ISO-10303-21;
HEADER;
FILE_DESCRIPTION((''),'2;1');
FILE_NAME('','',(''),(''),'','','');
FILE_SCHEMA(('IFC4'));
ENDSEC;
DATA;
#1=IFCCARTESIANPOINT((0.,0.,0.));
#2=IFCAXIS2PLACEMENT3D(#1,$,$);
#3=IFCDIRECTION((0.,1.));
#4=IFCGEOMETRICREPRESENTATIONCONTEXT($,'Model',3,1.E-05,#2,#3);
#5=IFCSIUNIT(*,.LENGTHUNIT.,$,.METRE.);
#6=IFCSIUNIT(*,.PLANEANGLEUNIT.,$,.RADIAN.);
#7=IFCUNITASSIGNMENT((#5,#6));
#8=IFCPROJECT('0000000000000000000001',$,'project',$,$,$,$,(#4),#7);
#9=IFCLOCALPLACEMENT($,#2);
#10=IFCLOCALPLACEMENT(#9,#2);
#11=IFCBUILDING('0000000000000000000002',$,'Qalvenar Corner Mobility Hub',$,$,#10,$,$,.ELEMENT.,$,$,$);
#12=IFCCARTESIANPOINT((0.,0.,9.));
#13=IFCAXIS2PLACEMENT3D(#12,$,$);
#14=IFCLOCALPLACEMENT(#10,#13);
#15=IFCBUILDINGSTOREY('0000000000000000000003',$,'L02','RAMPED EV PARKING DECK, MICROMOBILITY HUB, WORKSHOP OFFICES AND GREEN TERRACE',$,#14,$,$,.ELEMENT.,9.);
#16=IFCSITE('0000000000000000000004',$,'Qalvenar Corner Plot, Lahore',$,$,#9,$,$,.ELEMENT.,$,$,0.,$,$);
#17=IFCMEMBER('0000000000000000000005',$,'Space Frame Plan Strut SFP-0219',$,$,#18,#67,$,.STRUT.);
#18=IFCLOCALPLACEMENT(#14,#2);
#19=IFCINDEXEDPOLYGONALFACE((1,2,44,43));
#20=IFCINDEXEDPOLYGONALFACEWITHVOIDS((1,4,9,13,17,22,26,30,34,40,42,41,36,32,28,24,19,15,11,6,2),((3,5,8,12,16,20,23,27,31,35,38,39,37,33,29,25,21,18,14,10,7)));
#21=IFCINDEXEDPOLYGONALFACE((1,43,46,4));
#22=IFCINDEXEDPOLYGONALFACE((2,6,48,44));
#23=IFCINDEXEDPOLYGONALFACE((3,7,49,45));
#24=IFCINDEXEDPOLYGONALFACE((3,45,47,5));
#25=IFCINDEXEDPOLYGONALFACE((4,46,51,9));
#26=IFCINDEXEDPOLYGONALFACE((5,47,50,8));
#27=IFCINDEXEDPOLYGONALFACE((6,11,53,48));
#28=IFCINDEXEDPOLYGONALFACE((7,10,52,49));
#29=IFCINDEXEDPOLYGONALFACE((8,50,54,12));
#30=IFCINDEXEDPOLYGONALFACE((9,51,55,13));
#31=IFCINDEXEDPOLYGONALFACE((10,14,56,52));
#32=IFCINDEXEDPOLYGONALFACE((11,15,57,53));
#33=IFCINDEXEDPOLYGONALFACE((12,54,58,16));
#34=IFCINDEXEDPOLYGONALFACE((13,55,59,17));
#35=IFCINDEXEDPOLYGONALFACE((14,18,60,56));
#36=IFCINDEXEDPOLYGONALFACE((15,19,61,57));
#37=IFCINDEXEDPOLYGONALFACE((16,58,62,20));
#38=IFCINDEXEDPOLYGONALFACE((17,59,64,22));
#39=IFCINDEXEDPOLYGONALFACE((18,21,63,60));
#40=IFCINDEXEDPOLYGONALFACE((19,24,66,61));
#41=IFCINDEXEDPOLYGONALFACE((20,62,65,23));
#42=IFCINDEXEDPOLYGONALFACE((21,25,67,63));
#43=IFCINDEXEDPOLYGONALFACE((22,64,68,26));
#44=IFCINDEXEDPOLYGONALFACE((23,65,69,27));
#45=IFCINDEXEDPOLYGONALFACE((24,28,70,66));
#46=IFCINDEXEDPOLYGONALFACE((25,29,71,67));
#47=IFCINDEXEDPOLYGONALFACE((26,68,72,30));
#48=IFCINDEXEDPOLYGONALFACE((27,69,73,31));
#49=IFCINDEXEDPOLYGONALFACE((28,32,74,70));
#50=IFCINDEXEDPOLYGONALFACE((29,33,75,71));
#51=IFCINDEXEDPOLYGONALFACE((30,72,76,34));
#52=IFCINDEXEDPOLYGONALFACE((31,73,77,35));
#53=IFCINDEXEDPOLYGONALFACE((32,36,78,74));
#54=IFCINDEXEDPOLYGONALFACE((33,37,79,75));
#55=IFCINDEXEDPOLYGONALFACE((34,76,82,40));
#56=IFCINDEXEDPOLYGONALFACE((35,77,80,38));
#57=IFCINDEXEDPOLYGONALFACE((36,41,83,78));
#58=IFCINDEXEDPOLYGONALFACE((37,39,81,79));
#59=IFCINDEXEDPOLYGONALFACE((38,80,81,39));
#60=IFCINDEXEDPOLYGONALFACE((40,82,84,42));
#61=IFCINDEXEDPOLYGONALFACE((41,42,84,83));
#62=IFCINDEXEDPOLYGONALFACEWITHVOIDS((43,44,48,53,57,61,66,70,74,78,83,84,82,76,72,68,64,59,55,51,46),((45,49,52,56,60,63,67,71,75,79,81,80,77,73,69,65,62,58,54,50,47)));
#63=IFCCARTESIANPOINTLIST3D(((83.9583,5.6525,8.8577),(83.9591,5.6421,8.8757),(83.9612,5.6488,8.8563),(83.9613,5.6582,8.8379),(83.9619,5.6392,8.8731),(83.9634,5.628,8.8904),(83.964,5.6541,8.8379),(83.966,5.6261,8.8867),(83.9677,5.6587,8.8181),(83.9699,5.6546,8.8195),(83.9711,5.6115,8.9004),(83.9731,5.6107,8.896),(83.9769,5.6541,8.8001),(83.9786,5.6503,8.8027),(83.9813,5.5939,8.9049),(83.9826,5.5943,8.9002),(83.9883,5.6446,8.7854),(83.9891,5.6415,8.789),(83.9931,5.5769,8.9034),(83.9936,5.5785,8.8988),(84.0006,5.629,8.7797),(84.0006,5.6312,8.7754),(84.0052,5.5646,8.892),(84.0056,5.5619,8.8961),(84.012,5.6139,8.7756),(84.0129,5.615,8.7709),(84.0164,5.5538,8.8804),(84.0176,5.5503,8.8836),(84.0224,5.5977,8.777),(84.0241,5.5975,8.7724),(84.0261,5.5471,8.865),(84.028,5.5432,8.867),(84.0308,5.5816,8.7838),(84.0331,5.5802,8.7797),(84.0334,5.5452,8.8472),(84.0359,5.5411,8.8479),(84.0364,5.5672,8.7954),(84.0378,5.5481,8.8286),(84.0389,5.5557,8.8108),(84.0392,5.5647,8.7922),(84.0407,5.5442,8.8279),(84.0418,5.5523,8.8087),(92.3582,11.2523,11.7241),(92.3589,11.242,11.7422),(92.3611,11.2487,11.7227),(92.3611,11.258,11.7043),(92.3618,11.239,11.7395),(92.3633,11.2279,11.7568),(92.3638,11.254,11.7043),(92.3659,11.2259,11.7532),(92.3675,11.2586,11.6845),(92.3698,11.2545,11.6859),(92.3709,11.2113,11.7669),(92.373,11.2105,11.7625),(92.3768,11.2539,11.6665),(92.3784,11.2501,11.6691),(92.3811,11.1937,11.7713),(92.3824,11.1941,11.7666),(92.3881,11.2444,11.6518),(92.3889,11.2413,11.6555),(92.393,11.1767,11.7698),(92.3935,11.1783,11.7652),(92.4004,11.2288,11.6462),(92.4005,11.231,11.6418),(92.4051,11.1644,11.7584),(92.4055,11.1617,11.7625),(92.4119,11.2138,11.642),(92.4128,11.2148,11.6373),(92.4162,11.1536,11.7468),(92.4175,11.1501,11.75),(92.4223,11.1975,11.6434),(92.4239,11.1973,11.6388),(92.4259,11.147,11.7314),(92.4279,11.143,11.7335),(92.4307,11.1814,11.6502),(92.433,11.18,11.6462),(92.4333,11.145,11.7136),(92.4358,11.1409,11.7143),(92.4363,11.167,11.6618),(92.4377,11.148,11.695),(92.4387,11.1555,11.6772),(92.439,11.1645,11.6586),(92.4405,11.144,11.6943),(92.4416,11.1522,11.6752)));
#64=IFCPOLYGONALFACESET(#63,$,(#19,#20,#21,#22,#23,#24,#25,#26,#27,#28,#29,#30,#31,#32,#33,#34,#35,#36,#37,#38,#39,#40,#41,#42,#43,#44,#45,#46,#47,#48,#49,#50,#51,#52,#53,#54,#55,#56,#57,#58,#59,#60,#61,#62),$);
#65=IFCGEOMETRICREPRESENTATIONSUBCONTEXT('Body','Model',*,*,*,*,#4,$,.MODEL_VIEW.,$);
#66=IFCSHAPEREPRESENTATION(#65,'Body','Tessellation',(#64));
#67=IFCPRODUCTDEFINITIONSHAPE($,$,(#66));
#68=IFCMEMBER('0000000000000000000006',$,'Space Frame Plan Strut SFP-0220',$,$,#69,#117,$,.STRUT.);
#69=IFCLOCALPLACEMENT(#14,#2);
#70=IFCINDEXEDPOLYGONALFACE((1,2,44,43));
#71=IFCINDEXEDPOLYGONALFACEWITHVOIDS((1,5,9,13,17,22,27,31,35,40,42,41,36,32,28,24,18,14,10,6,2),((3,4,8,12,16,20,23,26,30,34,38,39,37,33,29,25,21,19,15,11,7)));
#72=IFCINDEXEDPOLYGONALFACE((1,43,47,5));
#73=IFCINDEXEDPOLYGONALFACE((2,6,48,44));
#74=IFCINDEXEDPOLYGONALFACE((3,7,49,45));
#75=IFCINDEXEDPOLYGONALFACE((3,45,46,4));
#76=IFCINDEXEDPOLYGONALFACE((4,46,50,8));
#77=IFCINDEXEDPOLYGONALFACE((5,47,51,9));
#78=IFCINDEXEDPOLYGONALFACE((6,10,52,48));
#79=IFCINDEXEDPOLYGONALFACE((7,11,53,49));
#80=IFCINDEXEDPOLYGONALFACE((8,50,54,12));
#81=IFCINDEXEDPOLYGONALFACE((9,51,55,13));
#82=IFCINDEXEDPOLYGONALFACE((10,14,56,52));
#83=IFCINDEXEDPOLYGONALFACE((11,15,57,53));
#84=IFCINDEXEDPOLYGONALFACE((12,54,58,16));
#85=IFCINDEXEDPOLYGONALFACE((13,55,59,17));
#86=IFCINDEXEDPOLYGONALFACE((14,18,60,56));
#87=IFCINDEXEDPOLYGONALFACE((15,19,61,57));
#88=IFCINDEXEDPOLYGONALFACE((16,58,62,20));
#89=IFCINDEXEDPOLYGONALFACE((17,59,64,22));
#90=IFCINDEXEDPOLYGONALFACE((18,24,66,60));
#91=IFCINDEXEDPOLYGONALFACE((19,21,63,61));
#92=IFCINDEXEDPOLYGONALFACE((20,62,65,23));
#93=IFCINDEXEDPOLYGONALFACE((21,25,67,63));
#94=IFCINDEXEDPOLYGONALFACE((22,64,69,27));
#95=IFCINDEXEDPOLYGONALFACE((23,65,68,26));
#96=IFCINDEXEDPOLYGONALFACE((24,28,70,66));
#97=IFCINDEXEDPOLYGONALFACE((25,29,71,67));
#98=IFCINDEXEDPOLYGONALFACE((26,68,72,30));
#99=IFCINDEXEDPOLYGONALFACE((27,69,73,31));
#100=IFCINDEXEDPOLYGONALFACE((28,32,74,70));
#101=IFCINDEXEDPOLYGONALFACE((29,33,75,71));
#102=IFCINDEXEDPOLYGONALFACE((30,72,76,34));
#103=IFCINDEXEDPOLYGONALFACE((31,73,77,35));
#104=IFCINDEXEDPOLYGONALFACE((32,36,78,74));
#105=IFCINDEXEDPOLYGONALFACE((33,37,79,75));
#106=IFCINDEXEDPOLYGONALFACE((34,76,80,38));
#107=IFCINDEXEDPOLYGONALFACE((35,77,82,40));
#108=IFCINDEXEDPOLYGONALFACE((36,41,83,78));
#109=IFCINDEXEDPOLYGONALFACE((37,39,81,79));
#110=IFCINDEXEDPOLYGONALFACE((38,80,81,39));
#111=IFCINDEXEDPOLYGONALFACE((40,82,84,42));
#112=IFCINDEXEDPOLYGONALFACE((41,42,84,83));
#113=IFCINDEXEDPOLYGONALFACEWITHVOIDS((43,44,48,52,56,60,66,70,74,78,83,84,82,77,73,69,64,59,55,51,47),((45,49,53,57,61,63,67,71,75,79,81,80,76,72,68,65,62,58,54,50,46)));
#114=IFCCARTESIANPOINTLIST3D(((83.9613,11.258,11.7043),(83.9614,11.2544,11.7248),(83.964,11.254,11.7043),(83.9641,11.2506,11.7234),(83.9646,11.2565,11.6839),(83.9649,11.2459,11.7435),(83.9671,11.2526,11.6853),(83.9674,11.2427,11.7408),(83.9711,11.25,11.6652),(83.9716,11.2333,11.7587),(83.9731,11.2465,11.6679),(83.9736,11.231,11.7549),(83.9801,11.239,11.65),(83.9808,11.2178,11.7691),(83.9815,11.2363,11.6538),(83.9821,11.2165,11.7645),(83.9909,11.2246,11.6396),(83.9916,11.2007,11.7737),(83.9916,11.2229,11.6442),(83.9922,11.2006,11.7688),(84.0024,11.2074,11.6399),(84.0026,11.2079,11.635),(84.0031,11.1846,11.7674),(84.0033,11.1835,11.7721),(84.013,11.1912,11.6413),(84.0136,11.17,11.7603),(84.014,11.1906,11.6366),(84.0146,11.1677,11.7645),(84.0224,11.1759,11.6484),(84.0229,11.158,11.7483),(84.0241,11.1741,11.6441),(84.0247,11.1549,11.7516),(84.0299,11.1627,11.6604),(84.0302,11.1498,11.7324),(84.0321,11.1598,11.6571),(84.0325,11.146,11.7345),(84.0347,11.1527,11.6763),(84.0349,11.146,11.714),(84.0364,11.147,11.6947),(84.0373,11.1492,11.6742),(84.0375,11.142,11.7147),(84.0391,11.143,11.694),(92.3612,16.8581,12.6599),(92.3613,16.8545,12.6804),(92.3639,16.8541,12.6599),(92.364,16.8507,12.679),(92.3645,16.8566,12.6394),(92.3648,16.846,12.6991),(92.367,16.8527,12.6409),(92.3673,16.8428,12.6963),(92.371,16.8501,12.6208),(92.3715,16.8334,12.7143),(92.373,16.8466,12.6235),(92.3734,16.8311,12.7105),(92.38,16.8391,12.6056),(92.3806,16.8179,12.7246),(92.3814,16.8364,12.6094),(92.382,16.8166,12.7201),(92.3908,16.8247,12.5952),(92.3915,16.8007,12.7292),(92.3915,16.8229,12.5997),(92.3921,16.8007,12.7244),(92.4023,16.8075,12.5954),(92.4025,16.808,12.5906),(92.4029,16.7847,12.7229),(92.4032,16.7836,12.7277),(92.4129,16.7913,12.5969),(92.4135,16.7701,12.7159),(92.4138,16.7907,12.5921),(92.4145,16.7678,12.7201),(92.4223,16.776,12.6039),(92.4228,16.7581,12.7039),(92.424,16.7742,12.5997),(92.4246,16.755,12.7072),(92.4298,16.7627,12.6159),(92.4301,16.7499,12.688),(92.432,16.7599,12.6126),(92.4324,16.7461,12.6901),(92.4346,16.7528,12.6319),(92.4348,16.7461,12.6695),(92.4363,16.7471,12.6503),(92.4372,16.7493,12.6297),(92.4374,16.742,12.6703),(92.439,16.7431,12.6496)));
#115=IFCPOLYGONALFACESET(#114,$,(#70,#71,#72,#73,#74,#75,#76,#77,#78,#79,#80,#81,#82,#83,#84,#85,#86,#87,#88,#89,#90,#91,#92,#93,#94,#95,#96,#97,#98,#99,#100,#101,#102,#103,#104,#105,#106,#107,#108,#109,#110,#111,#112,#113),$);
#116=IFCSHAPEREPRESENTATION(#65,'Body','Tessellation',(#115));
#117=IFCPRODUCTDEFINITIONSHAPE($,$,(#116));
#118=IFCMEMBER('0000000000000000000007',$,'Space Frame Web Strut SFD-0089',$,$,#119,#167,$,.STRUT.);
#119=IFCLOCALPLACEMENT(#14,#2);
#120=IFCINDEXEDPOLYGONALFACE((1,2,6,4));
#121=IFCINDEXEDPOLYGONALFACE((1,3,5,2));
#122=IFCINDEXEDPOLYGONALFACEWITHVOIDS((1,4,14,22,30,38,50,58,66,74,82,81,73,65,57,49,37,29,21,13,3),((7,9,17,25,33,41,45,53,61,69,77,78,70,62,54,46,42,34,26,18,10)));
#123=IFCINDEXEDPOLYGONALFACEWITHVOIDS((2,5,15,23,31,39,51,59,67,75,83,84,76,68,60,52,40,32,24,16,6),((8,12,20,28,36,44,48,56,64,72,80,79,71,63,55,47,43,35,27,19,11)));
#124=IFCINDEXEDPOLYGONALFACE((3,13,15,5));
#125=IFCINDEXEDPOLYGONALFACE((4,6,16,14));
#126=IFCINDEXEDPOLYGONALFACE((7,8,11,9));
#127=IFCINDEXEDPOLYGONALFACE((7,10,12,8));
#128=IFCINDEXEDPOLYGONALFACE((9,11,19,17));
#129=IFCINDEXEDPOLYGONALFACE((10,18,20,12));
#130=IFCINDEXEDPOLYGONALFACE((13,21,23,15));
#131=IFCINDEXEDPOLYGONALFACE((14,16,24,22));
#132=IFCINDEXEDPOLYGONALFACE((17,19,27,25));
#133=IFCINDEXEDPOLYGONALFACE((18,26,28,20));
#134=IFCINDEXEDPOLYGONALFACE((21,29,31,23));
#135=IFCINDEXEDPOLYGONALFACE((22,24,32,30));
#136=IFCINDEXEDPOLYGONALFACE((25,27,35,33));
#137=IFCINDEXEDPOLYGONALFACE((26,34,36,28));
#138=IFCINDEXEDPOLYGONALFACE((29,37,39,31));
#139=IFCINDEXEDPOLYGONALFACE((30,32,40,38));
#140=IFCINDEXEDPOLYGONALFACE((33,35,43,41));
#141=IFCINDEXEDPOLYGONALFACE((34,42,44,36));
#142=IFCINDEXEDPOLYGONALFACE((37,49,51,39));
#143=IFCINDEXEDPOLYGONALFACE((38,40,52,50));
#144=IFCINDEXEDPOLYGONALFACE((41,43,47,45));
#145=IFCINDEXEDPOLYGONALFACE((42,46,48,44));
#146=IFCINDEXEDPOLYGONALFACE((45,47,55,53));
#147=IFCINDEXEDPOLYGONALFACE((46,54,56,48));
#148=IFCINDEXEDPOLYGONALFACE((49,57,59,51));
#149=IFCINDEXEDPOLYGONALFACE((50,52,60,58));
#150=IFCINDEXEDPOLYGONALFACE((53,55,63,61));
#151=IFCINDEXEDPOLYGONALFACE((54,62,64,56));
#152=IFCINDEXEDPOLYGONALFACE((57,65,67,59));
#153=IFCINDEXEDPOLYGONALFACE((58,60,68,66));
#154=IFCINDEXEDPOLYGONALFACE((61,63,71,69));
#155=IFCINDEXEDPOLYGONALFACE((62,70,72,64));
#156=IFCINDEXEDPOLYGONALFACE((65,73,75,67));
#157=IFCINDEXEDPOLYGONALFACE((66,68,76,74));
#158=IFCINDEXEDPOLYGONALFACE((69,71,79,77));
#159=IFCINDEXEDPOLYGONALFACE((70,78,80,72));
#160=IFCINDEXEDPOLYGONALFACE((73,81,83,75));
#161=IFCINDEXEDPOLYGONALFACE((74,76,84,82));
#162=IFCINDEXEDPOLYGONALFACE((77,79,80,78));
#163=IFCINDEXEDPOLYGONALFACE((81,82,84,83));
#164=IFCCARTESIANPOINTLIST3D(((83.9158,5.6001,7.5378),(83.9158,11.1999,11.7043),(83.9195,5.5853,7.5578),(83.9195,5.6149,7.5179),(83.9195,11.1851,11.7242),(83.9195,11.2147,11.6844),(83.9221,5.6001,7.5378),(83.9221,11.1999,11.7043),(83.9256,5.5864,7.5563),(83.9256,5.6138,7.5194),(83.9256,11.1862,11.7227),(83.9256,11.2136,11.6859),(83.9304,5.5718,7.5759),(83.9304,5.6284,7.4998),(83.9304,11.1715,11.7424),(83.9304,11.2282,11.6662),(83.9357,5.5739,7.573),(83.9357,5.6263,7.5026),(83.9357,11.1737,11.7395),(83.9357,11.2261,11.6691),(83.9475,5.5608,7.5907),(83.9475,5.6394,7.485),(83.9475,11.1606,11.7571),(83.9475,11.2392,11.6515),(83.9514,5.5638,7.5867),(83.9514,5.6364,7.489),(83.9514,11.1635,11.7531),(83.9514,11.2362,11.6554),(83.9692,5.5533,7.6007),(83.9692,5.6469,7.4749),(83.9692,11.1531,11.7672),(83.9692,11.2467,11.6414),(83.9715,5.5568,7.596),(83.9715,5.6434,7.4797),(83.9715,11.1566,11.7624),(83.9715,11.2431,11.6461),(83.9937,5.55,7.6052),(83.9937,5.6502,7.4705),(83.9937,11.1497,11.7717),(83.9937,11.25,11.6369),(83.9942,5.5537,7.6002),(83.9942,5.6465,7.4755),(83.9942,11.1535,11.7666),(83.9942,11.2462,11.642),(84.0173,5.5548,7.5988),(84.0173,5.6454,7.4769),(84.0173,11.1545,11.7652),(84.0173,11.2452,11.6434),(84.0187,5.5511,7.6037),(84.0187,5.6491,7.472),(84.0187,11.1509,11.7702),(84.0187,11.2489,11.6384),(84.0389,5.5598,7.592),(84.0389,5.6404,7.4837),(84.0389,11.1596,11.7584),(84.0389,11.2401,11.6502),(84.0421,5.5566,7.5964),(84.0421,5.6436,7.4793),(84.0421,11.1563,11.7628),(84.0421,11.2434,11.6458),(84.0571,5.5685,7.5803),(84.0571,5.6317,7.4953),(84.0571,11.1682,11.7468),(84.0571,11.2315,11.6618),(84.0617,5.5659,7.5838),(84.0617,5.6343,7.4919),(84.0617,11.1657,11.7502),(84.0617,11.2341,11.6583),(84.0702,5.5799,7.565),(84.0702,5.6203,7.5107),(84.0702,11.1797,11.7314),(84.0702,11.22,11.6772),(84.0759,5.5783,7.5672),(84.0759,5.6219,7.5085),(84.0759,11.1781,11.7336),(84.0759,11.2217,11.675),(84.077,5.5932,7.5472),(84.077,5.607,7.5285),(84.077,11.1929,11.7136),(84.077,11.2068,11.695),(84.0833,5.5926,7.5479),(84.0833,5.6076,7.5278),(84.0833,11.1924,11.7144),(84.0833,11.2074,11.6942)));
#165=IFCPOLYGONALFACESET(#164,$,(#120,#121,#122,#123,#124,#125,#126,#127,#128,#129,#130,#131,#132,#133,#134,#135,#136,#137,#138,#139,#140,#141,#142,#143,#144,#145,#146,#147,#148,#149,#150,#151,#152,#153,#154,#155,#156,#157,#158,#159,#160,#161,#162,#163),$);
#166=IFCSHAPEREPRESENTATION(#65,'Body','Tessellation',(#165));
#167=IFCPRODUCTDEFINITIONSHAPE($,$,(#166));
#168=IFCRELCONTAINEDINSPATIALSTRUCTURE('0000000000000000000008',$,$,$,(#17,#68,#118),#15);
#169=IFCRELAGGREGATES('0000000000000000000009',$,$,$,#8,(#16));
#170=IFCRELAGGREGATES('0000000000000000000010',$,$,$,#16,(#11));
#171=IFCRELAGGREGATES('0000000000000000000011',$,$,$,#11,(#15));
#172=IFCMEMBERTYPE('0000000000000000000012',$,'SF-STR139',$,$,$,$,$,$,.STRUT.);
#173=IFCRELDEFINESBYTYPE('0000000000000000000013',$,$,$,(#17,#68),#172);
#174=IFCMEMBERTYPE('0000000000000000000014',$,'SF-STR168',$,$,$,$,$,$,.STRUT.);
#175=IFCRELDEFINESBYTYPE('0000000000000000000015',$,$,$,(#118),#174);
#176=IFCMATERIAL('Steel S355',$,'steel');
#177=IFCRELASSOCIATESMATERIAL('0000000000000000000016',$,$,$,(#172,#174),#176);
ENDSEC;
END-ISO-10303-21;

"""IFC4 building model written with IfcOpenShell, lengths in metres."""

from ifc_helpers import new_model, si_unit, direction, frame, origin, origin_2d, place, context, subcontext, project, spatial, hollow_circle, extrude, material, material_profile, profile_set, type_object, element, save


model = new_model("IFC4")

# Units and contexts
model_context = context("Model", 3, precision=1e-05, world=origin(), true_north=direction((0.0, 1.0)))
body_context = subcontext(model_context, "Body", "Model", "MODEL_VIEW")
ifc_project = project(units=[si_unit("LENGTHUNIT", "METRE"), si_unit("PLANEANGLEUNIT", "RADIAN")], contexts=[model_context])

# Site, building, storey
site_placement = place(None, origin())
site = spatial("IfcSite", under=ifc_project, at=site_placement, Name="Qalvenar Corner Plot, Lahore", CompositionType="ELEMENT", RefElevation=0.0)
building_placement = place(site_placement, origin())
building = spatial("IfcBuilding", under=site, at=building_placement, Name="Qalvenar Corner Mobility Hub", CompositionType="ELEMENT")
storey_placement = place(building_placement, frame((0.0, 0.0, 9.0)))
storey = spatial("IfcBuildingStorey", under=building, at=storey_placement, Name="L02", Description="RAMPED EV PARKING DECK, MICROMOBILITY HUB, WORKSHOP OFFICES AND GREEN TERRACE", CompositionType="ELEMENT", Elevation=9.0)

# Members
ifc_material_1 = material(Name="Steel S355", Category="steel")
ifc_material_profile_1 = material_profile(ifc_material_1, hollow_circle(Radius=0.0698, WallThickness=0.0049, at=origin_2d()), Name="CHS139.7x5")
ifc_profile_set_1 = profile_set([ifc_material_profile_1], Name="Steel S355")
member_type_1 = type_object("IfcMemberType", Name="SF-STR139", PredefinedType="STRUT", material=ifc_profile_set_1)
member_1_placement = place(storey_placement, frame((84.0, 5.6001, 8.8379), z_axis=(0.800414, 0.533602, 0.27314), x_axis=(-0.554695, 0.832054, 0.0)))
element("IfcMember", 1, at=member_1_placement, inside=storey, type_object=member_type_1, Name="Space Frame Plan Strut SFP-0219", PredefinedType="STRUT", context=body_context, shape_type="SweptSolid", body=[
    extrude(hollow_circle(Radius=0.0698, WallThickness=0.0049, at=origin_2d()), origin(), (0.0, 0.0, 1.0), 10.4944),
])
member_2_placement = place(storey_placement, frame((84.0, 11.2, 11.7043), z_axis=(0.828341, 0.552243, 0.094231), x_axis=(-0.554711, 0.832043, 0.0)))
element("IfcMember", 2, at=member_2_placement, inside=storey, type_object=member_type_1, Name="Space Frame Plan Strut SFP-0220", PredefinedType="STRUT", context=body_context, shape_type="SweptSolid", body=[
    extrude(hollow_circle(Radius=0.0698, WallThickness=0.0049, at=origin_2d()), origin(), (0.0, 0.0, 1.0), 10.1406),
])
ifc_material_profile_2 = material_profile(ifc_material_1, hollow_circle(Radius=0.0842, WallThickness=0.0063, at=origin_2d()), Name="CHS168.3x6.3")
ifc_profile_set_2 = profile_set([ifc_material_profile_2], Name="Steel S355")
member_type_2 = type_object("IfcMemberType", Name="SF-STR168", PredefinedType="STRUT", material=ifc_profile_set_2)
member_3_placement = place(storey_placement, frame((84.0, 5.6001, 7.5378), z_axis=(0.0, 0.80229, 0.596934), x_axis=(-1.0, 0.0, 0.0)))
element("IfcMember", 3, at=member_3_placement, inside=storey, type_object=member_type_2, Name="Space Frame Web Strut SFD-0089", PredefinedType="STRUT", context=body_context, shape_type="SweptSolid", body=[
    extrude(hollow_circle(Radius=0.0842, WallThickness=0.0063, at=origin_2d()), origin(), (0.0, 0.0, 1.0), 6.9797),
])

save(model, "model.ifc")
